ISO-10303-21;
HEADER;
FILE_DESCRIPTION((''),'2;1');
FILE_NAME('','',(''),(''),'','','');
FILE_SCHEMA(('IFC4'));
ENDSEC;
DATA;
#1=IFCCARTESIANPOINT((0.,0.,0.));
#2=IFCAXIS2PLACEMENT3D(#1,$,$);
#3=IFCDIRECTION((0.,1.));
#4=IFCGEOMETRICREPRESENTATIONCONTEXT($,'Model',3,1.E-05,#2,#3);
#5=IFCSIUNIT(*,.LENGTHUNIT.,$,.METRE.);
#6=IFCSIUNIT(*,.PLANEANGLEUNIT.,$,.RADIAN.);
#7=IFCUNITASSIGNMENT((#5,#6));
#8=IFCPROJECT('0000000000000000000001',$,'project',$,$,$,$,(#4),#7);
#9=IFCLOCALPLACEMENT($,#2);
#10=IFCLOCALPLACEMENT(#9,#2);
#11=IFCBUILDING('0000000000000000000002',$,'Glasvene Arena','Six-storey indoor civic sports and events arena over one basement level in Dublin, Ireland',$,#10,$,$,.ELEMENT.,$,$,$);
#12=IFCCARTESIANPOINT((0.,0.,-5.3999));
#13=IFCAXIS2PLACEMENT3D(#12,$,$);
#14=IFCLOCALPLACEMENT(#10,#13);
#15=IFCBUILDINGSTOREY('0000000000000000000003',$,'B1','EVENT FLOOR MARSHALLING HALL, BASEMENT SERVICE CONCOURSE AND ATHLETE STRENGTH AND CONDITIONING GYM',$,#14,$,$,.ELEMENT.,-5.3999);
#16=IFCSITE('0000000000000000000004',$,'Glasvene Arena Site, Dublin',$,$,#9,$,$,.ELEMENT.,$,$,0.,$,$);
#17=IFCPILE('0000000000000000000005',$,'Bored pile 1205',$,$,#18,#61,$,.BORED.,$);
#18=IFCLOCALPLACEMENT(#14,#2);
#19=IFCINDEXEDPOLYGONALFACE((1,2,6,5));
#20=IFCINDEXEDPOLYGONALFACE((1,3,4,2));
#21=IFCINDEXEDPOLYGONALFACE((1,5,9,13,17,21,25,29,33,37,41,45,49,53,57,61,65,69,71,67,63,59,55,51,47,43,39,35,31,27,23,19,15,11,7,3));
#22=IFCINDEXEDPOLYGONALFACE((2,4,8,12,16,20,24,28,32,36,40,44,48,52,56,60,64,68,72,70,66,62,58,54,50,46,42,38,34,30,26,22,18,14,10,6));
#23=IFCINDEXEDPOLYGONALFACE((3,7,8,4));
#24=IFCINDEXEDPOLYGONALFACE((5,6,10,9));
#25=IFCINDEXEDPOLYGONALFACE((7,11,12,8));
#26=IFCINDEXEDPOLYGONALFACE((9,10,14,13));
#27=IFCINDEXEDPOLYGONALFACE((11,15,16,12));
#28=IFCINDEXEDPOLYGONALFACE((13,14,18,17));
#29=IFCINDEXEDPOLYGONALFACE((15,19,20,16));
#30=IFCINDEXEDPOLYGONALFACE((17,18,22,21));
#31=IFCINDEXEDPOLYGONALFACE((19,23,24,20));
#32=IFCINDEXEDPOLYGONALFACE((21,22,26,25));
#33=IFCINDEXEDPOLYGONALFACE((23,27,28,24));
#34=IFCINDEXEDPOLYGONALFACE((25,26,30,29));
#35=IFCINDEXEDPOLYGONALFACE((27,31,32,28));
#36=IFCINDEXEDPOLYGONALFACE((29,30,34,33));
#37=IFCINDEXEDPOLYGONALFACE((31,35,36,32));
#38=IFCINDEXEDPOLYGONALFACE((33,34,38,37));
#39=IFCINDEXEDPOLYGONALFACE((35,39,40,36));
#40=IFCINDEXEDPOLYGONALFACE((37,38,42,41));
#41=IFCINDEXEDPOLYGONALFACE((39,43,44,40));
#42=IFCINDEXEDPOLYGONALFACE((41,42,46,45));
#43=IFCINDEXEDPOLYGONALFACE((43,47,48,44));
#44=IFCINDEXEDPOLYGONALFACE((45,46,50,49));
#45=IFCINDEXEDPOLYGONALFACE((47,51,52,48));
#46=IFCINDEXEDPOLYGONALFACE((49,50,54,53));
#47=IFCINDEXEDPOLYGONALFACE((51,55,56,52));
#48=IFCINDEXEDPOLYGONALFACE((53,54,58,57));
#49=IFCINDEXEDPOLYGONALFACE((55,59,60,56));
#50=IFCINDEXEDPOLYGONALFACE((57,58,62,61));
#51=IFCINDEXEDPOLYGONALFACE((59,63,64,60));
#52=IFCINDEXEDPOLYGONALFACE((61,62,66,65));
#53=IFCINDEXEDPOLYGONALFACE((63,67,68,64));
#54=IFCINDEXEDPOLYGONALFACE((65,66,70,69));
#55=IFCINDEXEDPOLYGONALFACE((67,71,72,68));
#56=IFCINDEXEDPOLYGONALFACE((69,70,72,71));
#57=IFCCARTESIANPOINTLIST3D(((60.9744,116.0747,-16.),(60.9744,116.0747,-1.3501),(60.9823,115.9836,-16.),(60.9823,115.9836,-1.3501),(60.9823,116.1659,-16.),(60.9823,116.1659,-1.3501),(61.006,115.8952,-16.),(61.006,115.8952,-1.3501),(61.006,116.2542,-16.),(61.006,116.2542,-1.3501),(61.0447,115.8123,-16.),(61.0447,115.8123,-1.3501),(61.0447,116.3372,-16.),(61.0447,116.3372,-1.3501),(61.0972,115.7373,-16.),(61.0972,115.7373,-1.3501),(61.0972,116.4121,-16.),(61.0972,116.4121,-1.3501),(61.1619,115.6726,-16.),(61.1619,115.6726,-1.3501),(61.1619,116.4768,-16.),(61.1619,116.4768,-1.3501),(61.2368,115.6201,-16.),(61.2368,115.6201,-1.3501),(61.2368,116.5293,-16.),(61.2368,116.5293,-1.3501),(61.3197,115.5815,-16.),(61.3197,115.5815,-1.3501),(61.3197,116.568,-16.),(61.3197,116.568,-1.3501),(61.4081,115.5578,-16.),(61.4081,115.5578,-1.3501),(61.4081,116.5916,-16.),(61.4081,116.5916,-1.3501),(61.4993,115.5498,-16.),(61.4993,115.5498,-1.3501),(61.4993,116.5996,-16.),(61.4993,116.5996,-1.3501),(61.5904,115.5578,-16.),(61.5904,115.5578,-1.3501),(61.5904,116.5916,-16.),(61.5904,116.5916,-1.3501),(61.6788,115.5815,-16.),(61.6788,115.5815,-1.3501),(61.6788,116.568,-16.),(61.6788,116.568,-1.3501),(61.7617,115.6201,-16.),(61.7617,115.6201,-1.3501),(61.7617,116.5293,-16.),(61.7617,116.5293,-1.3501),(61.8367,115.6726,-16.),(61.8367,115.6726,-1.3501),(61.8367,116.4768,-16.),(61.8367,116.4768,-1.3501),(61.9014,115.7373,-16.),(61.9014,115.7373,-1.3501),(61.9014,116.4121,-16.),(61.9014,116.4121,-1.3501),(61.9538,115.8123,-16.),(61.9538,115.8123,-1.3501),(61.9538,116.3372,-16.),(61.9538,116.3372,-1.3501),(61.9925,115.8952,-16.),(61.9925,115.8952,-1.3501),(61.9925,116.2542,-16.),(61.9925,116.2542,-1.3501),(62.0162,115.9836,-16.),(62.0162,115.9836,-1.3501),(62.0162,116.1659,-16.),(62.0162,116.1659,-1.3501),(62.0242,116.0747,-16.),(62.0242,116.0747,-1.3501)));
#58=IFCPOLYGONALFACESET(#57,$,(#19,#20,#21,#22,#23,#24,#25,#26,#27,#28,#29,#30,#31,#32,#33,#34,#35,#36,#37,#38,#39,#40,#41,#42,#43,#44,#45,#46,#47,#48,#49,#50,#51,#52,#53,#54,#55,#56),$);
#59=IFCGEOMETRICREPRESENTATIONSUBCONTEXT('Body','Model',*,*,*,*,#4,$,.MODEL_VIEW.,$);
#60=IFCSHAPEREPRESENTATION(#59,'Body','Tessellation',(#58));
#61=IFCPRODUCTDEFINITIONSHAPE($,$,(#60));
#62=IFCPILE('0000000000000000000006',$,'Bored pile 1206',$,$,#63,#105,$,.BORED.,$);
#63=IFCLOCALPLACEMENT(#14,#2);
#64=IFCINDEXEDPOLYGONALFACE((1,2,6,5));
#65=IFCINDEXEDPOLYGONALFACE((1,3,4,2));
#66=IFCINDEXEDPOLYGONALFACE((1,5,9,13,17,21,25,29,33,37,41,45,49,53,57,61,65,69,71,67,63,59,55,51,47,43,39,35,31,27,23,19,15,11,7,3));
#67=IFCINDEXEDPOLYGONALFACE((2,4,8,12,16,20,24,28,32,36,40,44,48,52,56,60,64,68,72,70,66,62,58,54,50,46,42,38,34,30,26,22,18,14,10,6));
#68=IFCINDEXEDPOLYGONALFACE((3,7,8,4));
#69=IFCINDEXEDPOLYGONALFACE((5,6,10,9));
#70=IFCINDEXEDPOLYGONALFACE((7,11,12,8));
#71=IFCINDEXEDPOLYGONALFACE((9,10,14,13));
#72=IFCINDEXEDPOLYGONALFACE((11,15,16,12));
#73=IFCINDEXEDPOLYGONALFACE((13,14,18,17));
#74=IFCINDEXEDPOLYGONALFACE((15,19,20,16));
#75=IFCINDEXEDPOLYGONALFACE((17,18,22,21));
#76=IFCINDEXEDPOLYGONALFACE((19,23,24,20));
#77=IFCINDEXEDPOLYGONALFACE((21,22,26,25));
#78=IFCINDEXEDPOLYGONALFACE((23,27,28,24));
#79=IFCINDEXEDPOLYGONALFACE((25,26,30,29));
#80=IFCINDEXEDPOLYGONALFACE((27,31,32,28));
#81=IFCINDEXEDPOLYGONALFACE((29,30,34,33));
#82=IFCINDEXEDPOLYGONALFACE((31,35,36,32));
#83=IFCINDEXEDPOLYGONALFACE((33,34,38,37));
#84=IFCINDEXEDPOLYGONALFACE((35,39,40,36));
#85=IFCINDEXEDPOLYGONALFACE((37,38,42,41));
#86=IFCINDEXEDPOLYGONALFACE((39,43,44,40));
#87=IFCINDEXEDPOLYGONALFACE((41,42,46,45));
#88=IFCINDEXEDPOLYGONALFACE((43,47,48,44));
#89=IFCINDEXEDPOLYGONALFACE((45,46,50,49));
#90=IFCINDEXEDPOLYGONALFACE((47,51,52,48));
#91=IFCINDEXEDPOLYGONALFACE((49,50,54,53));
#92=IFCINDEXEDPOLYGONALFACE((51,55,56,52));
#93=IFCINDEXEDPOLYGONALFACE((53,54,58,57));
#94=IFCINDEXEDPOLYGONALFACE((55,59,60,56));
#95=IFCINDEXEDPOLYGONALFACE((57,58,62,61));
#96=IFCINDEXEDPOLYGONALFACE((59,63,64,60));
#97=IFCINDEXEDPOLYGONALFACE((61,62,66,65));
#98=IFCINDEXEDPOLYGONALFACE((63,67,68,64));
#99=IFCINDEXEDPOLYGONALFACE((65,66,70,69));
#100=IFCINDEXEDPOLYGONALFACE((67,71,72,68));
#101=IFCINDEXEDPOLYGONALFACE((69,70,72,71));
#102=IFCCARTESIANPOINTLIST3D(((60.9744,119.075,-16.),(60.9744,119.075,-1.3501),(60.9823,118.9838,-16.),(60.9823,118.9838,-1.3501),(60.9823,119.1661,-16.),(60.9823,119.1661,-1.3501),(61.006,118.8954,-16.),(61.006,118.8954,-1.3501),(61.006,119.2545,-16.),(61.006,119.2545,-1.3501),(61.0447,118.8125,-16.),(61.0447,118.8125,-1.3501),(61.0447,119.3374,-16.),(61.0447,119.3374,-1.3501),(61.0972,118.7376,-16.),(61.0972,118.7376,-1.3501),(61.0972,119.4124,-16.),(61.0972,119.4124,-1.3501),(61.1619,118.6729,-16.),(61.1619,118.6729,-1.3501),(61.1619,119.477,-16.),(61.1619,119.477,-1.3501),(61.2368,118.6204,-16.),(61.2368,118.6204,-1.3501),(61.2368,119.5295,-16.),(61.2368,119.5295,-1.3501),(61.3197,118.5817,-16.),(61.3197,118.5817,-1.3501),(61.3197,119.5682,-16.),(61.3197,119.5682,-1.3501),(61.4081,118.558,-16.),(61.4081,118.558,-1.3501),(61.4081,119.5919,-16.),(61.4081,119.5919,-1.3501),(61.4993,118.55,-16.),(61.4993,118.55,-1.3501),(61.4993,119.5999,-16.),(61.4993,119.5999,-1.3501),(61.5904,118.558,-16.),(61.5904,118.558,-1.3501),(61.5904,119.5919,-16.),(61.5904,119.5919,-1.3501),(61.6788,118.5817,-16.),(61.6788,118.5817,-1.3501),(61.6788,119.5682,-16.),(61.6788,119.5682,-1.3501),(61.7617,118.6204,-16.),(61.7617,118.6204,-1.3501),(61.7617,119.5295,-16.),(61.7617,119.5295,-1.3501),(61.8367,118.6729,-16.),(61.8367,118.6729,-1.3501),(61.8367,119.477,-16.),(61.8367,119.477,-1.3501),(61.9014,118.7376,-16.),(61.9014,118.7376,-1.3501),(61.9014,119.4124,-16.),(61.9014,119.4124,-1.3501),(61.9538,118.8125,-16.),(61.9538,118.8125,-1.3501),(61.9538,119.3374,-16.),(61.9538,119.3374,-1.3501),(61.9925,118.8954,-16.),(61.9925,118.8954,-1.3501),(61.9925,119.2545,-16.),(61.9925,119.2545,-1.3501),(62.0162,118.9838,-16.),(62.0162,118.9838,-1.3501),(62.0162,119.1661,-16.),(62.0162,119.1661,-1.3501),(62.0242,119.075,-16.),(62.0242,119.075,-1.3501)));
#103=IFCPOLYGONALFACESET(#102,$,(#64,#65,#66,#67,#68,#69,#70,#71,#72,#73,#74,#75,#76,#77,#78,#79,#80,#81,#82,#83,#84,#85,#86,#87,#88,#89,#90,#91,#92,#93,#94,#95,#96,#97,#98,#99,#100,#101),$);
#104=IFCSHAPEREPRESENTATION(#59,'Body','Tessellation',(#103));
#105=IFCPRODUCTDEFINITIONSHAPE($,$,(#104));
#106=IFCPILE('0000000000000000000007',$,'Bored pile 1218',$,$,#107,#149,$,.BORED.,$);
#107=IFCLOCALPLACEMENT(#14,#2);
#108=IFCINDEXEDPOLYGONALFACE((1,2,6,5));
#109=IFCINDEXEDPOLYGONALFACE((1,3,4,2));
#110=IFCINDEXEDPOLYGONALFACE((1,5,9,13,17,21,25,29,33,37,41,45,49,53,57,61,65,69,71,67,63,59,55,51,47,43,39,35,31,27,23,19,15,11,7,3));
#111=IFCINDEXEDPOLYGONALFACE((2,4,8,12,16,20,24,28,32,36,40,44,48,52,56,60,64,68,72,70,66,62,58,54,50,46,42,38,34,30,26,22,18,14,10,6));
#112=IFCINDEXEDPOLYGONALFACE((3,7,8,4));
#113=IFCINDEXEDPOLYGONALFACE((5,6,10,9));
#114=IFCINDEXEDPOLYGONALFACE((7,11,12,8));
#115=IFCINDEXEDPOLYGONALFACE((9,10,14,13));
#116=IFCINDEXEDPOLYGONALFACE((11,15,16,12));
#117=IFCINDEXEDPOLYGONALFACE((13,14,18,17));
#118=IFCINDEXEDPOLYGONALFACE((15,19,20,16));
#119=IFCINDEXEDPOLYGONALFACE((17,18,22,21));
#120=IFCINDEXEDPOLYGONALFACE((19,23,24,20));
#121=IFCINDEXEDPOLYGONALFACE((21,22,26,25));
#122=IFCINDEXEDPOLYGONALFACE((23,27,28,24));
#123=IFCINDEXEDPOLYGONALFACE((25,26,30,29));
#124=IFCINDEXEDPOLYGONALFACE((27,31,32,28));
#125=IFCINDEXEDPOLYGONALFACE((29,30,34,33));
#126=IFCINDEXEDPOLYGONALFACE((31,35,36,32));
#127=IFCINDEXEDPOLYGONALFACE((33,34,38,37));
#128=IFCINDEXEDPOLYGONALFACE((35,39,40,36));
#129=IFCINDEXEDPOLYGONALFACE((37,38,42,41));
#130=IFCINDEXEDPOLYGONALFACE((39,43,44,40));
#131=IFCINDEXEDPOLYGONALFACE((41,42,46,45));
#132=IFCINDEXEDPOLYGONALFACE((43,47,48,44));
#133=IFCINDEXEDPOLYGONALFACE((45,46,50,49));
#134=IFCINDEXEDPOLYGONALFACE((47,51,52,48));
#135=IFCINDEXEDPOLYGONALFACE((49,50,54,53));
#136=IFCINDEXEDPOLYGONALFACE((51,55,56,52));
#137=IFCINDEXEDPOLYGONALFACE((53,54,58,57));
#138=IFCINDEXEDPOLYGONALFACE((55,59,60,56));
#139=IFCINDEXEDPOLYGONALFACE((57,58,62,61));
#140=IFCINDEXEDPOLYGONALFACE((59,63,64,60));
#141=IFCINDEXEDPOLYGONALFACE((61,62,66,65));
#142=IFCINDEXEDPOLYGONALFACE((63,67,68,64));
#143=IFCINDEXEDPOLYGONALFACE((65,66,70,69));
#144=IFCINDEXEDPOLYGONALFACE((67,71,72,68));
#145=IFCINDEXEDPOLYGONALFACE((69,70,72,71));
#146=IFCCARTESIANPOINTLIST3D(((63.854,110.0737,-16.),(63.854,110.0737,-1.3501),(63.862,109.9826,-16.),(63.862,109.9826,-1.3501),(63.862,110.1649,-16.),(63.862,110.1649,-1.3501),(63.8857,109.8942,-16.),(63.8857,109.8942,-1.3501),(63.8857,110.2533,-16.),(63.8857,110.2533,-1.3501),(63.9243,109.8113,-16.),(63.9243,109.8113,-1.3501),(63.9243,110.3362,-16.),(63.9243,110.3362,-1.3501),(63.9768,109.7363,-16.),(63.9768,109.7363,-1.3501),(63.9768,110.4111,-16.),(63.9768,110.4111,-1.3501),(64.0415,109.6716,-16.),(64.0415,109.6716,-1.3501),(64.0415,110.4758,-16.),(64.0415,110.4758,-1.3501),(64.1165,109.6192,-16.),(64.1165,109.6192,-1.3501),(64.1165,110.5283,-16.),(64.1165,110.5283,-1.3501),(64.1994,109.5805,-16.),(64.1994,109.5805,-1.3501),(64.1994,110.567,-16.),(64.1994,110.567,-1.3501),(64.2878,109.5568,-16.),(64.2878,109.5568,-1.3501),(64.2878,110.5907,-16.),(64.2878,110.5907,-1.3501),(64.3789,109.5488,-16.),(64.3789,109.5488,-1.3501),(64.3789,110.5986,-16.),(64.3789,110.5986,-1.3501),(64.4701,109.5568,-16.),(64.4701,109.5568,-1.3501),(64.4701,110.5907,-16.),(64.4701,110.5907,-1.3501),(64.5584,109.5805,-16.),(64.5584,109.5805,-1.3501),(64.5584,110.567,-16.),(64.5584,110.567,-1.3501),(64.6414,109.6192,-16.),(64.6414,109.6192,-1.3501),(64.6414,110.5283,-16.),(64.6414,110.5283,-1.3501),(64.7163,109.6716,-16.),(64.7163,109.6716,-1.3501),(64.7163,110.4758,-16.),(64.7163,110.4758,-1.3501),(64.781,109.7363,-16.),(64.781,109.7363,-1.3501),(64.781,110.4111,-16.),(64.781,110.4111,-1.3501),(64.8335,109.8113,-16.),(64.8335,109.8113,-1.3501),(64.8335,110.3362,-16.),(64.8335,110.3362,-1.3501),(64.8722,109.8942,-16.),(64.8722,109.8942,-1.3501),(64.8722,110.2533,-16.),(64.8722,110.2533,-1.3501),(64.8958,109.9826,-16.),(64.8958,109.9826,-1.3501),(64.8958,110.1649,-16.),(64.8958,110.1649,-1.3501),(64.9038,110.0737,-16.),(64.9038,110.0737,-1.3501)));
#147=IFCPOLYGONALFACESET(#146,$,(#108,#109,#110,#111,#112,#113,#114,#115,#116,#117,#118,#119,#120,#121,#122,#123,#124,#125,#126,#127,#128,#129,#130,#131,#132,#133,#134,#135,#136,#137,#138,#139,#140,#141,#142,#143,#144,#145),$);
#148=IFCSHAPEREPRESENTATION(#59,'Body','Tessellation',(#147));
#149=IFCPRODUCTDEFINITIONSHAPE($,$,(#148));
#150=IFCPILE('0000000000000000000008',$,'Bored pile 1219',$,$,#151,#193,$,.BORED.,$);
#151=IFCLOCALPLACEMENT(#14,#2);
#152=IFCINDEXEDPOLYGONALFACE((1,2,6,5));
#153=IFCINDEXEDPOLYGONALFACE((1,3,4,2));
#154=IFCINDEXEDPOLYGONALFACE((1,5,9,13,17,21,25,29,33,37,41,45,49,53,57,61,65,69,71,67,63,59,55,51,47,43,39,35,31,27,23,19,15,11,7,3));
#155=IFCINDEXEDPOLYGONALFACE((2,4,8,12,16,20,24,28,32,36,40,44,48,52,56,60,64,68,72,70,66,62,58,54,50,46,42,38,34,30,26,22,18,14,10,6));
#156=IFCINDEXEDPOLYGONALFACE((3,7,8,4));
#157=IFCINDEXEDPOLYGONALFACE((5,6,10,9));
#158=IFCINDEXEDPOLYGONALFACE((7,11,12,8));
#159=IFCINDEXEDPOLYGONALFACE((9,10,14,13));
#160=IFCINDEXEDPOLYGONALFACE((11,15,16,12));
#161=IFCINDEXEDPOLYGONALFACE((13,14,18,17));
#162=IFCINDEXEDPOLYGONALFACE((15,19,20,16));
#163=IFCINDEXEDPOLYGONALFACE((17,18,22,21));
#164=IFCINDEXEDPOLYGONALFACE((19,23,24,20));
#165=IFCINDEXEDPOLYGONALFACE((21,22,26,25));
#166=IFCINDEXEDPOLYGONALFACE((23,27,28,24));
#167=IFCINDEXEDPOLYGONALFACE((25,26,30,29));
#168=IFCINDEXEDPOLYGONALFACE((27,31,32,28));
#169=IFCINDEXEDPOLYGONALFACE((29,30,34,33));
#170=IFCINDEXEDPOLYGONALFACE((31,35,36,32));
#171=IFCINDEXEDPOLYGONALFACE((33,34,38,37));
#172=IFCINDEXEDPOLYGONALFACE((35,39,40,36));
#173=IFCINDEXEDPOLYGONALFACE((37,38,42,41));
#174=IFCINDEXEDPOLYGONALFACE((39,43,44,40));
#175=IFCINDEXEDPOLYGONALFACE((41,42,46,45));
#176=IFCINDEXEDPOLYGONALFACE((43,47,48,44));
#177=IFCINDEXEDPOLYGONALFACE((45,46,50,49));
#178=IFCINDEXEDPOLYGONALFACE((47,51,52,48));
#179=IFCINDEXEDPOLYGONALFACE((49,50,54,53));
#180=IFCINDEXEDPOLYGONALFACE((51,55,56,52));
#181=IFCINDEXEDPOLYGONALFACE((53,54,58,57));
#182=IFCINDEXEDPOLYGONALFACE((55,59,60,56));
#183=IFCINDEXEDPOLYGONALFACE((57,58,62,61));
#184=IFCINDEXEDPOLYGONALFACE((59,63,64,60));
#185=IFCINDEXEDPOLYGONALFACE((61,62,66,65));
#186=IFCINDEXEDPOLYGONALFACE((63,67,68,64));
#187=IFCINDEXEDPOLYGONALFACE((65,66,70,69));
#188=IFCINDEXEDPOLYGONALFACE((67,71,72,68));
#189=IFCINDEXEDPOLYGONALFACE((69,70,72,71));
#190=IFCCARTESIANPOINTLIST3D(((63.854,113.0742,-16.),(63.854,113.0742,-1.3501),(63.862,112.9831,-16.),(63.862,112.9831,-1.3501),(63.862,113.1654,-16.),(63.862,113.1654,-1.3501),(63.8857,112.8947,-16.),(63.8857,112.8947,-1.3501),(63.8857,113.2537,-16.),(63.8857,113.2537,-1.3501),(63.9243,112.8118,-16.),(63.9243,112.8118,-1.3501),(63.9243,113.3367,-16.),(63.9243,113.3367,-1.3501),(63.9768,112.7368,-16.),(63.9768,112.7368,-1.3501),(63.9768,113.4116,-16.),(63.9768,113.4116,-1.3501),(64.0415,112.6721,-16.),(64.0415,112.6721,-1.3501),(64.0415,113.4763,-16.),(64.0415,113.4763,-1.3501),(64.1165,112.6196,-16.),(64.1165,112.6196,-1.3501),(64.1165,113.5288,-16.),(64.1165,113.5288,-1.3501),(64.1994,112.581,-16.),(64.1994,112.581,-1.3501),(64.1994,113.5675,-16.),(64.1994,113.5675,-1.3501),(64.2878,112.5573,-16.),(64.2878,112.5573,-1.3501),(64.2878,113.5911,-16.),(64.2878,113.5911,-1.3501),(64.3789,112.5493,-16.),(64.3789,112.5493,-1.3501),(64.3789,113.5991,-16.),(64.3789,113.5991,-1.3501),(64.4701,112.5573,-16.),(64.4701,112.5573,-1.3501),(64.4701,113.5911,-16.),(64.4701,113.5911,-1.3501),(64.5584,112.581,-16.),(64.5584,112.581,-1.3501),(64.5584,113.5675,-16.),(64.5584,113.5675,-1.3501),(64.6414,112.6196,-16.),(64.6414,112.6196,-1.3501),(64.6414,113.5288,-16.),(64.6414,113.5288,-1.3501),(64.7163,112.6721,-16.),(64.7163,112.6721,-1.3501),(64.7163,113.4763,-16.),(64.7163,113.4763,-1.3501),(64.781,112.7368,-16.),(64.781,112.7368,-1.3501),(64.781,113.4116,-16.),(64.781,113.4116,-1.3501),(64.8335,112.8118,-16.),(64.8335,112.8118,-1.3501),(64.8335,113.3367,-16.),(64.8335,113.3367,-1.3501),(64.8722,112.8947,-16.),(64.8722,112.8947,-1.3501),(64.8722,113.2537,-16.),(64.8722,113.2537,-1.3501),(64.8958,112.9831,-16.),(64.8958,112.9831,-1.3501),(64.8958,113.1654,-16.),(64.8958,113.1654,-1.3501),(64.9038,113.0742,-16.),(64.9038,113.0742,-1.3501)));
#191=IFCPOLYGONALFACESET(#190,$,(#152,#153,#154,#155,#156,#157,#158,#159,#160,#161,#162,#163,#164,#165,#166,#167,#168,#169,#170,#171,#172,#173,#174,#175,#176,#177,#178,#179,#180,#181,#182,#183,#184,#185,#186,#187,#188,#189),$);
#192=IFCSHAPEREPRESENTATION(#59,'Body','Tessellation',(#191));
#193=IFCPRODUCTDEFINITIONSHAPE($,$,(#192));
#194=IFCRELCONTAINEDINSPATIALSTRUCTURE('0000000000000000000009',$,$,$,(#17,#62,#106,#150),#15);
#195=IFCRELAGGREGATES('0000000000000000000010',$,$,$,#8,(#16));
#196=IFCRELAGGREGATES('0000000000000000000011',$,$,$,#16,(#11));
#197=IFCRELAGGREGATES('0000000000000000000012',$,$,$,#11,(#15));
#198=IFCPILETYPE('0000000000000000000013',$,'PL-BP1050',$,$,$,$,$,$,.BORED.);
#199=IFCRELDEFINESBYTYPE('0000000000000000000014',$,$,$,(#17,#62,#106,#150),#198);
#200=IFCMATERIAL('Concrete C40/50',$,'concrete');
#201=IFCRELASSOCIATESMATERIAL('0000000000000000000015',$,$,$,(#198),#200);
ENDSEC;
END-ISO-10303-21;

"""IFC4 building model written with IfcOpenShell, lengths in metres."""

from ifc_helpers import new_model, si_unit, direction, frame, origin, origin_2d, place, context, subcontext, project, spatial, circle, extrude, material, material_profile, profile_set, type_object, element, save


model = new_model("IFC4")

# Units and contexts
model_context = context("Model", 3, precision=1e-05, world=origin(), true_north=direction((0.0, 1.0)))
body_context = subcontext(model_context, "Body", "Model", "MODEL_VIEW")
ifc_project = project(units=[si_unit("LENGTHUNIT", "METRE"), si_unit("PLANEANGLEUNIT", "RADIAN")], contexts=[model_context])

# Site, building, storey
site_placement = place(None, origin())
site = spatial("IfcSite", under=ifc_project, at=site_placement, Name="Glasvene Arena Site, Dublin", CompositionType="ELEMENT", RefElevation=0.0)
building_placement = place(site_placement, origin())
building = spatial("IfcBuilding", under=site, at=building_placement, Name="Glasvene Arena", Description="Six-storey indoor civic sports and events arena over one basement level in Dublin, Ireland", CompositionType="ELEMENT")
storey_placement = place(building_placement, frame((0.0, 0.0, -5.3999)))
storey = spatial("IfcBuildingStorey", under=building, at=storey_placement, Name="B1", Description="EVENT FLOOR MARSHALLING HALL, BASEMENT SERVICE CONCOURSE AND ATHLETE STRENGTH AND CONDITIONING GYM", CompositionType="ELEMENT", Elevation=-5.3999)

# Piles
ifc_material_1 = material(Name="Concrete C40/50", Category="concrete")
ifc_material_profile_1 = material_profile(ifc_material_1, circle(Radius=0.5249, at=origin_2d()), Name="BORED PILE 1050")
ifc_profile_set_1 = profile_set([ifc_material_profile_1], Name="Concrete C40/50")
pile_type = type_object("IfcPileType", Name="PL-BP1050", PredefinedType="BORED", material=ifc_profile_set_1)
for number, where, z_axis, x_axis, name in (
    (1, (61.4993, 116.0747, -1.3501), (0.0, 0.0, -1.0), (1.0, 0.0, 0.0), "Bored pile 1205"),
    (2, (61.4993, 119.075, -1.3501), (0.0, 0.0, -1.0), (1.0, 0.0, 0.0), "Bored pile 1206"),
    (3, (64.3789, 110.0737, -1.3501), (0.0, 0.0, -1.0), (1.0, 0.0, 0.0), "Bored pile 1218"),
    (4, (64.3789, 113.0742, -1.3501), (0.0, 0.0, -1.0), (1.0, 0.0, 0.0), "Bored pile 1219"),
):
    element("IfcPile", number, at=place(storey_placement, frame(where, z_axis=z_axis, x_axis=x_axis)), inside=storey, type_object=pile_type, Name=name, PredefinedType="BORED", context=body_context, shape_type="SweptSolid", body=[
        extrude(circle(Radius=0.5249, at=origin_2d()), origin(), (0.0, 0.0, 1.0), 14.6499),
    ])

save(model, "model.ifc")
